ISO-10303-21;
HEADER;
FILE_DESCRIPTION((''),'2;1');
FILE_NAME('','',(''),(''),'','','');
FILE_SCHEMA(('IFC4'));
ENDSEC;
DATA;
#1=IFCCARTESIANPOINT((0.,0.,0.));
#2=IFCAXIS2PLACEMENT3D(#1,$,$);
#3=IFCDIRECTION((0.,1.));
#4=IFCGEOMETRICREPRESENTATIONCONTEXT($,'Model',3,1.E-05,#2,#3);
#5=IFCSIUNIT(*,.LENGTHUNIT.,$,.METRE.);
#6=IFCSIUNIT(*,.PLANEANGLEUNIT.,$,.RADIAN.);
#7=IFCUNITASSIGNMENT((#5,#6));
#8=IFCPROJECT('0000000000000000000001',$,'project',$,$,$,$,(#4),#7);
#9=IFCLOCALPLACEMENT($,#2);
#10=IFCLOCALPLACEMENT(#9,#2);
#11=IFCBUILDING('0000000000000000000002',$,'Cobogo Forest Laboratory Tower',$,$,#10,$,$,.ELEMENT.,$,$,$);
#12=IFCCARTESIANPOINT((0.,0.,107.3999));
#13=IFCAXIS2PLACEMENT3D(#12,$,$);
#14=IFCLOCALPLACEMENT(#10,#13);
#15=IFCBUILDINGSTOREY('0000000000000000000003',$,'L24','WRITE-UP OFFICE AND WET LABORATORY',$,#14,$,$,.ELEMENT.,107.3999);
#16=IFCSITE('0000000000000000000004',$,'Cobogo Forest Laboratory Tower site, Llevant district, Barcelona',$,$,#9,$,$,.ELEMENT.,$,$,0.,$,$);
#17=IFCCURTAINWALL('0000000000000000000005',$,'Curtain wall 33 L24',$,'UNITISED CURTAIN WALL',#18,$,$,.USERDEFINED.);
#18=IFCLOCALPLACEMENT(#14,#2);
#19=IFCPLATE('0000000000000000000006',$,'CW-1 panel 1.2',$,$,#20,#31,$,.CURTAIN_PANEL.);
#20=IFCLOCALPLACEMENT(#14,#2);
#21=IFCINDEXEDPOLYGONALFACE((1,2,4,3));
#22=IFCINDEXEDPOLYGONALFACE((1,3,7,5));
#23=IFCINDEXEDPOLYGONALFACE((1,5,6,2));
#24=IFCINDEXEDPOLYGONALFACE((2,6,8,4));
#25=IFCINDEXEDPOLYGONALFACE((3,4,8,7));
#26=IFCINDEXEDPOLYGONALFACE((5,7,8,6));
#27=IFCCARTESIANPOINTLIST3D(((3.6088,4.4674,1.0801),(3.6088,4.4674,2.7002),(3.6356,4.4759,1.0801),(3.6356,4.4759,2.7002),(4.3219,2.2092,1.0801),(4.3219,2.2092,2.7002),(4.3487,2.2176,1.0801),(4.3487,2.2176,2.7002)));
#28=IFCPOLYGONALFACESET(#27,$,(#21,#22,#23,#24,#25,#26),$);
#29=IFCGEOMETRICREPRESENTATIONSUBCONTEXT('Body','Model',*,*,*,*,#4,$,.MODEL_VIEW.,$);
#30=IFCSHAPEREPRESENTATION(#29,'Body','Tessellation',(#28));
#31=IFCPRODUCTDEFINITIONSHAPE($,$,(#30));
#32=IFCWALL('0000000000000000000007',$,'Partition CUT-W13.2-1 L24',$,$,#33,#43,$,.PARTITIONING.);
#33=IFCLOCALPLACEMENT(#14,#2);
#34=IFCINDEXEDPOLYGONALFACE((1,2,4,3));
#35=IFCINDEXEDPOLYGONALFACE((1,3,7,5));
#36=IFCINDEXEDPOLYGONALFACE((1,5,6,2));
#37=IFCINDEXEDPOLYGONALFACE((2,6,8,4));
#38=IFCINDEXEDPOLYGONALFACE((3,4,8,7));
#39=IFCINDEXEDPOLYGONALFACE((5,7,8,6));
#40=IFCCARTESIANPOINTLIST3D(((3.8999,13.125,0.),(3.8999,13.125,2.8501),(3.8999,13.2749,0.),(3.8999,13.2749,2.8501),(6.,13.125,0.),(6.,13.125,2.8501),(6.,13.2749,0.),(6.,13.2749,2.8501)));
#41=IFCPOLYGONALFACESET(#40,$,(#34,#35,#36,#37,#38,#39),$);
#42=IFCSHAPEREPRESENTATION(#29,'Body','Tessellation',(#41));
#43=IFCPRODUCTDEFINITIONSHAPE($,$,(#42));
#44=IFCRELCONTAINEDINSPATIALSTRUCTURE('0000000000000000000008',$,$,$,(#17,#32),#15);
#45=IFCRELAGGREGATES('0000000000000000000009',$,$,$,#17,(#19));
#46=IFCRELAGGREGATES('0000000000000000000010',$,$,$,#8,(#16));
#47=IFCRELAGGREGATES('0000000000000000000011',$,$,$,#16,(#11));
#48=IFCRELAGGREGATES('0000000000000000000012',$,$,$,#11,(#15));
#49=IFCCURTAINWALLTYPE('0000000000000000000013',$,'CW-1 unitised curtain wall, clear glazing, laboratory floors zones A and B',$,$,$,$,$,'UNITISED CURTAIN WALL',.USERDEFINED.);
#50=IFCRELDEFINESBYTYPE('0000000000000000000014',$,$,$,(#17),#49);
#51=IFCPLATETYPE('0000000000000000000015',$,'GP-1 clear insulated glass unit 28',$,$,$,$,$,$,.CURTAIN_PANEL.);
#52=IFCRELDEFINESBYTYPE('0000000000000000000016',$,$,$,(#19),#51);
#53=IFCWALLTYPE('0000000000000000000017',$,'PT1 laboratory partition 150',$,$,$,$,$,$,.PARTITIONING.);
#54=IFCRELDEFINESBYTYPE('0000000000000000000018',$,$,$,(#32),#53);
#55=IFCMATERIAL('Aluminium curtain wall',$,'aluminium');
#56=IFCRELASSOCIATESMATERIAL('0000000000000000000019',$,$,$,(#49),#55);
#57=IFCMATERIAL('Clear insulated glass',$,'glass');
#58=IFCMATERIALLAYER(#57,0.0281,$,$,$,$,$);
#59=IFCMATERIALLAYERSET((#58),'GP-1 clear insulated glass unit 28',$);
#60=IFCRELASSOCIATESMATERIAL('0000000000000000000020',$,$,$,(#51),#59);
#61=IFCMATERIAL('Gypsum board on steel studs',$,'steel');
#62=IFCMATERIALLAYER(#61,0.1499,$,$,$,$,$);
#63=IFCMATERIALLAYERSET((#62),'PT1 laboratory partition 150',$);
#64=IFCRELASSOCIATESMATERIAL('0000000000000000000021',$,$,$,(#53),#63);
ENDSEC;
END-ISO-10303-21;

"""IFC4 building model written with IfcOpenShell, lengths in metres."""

from ifc_helpers import new_model, si_unit, direction, frame, frame_2d, origin, origin_2d, place, context, subcontext, project, spatial, rectangle, extrude, material, layer, layer_set, type_object, element, aggregate, save


model = new_model("IFC4")

# Units and contexts
model_context = context("Model", 3, precision=1e-05, world=origin(), true_north=direction((0.0, 1.0)))
body_context = subcontext(model_context, "Body", "Model", "MODEL_VIEW")
ifc_project = project(units=[si_unit("LENGTHUNIT", "METRE"), si_unit("PLANEANGLEUNIT", "RADIAN")], contexts=[model_context])

# Site, building, storey
site_placement = place(None, origin())
site = spatial("IfcSite", under=ifc_project, at=site_placement, Name="Cobogo Forest Laboratory Tower site, Llevant district, Barcelona", CompositionType="ELEMENT", RefElevation=0.0)
building_placement = place(site_placement, origin())
building = spatial("IfcBuilding", under=site, at=building_placement, Name="Cobogo Forest Laboratory Tower", CompositionType="ELEMENT")
storey_placement = place(building_placement, frame((0.0, 0.0, 107.3999)))
storey = spatial("IfcBuildingStorey", under=building, at=storey_placement, Name="L24", Description="WRITE-UP OFFICE AND WET LABORATORY", CompositionType="ELEMENT", Elevation=107.3999)

# Curtain wall
ifc_material_1 = material(Name="Aluminium curtain wall", Category="aluminium")
curtain_wall_type = type_object("IfcCurtainWallType", Name="CW-1 unitised curtain wall, clear glazing, laboratory floors zones A and B", ElementType="UNITISED CURTAIN WALL", PredefinedType="USERDEFINED", material=ifc_material_1)
curtain_wall_1_placement = place(storey_placement, origin())
curtain_wall_1 = element("IfcCurtainWall", 1, at=curtain_wall_1_placement, inside=storey, type_object=curtain_wall_type, Name="Curtain wall 33 L24", ObjectType="UNITISED CURTAIN WALL", PredefinedType="USERDEFINED")

# Plate
ifc_material_2 = material(Name="Clear insulated glass", Category="glass")
ifc_layer_1 = layer(ifc_material_2, 0.0281)
ifc_layer_set_1 = layer_set([ifc_layer_1], Name="GP-1 clear insulated glass unit 28")
plate_type = type_object("IfcPlateType", Name="GP-1 clear insulated glass unit 28", PredefinedType="CURTAIN_PANEL", material=ifc_layer_set_1)
plate_1_placement = place(storey_placement, frame((3.9788, 3.3425, 1.0801), z_axis=(0.0, 0.0, 1.0), x_axis=(0.301135, -0.953581, 0.0)))
plate_1 = element("IfcPlate", 2, at=plate_1_placement, type_object=plate_type, Name="CW-1 panel 1.2", PredefinedType="CURTAIN_PANEL", context=body_context, shape_type="SweptSolid", body=[
    extrude(rectangle(XDim=2.3682, YDim=0.0281, at=origin_2d()), origin(), (0.0, 0.0, 1.0), 1.6201),
])
aggregate(curtain_wall_1, [plate_1])

# Wall
ifc_material_3 = material(Name="Gypsum board on steel studs", Category="steel")
ifc_layer_2 = layer(ifc_material_3, 0.1499)
ifc_layer_set_2 = layer_set([ifc_layer_2], Name="PT1 laboratory partition 150")
wall_type = type_object("IfcWallType", Name="PT1 laboratory partition 150", PredefinedType="PARTITIONING", material=ifc_layer_set_2)
wall_placement = place(storey_placement, frame((3.8999, 13.2, 0.0), z_axis=(0.0, 0.0, 1.0), x_axis=(1.0, 0.0, 0.0)))
element("IfcWall", 3, at=wall_placement, inside=storey, type_object=wall_type, Name="Partition CUT-W13.2-1 L24", PredefinedType="PARTITIONING", context=body_context, shape_type="SweptSolid", body=[
    extrude(rectangle(XDim=2.1001, YDim=0.1499, at=frame_2d((1.05, 0.0))), origin(), (0.0, 0.0, 1.0), 2.8501),
])

save(model, "model.ifc")
